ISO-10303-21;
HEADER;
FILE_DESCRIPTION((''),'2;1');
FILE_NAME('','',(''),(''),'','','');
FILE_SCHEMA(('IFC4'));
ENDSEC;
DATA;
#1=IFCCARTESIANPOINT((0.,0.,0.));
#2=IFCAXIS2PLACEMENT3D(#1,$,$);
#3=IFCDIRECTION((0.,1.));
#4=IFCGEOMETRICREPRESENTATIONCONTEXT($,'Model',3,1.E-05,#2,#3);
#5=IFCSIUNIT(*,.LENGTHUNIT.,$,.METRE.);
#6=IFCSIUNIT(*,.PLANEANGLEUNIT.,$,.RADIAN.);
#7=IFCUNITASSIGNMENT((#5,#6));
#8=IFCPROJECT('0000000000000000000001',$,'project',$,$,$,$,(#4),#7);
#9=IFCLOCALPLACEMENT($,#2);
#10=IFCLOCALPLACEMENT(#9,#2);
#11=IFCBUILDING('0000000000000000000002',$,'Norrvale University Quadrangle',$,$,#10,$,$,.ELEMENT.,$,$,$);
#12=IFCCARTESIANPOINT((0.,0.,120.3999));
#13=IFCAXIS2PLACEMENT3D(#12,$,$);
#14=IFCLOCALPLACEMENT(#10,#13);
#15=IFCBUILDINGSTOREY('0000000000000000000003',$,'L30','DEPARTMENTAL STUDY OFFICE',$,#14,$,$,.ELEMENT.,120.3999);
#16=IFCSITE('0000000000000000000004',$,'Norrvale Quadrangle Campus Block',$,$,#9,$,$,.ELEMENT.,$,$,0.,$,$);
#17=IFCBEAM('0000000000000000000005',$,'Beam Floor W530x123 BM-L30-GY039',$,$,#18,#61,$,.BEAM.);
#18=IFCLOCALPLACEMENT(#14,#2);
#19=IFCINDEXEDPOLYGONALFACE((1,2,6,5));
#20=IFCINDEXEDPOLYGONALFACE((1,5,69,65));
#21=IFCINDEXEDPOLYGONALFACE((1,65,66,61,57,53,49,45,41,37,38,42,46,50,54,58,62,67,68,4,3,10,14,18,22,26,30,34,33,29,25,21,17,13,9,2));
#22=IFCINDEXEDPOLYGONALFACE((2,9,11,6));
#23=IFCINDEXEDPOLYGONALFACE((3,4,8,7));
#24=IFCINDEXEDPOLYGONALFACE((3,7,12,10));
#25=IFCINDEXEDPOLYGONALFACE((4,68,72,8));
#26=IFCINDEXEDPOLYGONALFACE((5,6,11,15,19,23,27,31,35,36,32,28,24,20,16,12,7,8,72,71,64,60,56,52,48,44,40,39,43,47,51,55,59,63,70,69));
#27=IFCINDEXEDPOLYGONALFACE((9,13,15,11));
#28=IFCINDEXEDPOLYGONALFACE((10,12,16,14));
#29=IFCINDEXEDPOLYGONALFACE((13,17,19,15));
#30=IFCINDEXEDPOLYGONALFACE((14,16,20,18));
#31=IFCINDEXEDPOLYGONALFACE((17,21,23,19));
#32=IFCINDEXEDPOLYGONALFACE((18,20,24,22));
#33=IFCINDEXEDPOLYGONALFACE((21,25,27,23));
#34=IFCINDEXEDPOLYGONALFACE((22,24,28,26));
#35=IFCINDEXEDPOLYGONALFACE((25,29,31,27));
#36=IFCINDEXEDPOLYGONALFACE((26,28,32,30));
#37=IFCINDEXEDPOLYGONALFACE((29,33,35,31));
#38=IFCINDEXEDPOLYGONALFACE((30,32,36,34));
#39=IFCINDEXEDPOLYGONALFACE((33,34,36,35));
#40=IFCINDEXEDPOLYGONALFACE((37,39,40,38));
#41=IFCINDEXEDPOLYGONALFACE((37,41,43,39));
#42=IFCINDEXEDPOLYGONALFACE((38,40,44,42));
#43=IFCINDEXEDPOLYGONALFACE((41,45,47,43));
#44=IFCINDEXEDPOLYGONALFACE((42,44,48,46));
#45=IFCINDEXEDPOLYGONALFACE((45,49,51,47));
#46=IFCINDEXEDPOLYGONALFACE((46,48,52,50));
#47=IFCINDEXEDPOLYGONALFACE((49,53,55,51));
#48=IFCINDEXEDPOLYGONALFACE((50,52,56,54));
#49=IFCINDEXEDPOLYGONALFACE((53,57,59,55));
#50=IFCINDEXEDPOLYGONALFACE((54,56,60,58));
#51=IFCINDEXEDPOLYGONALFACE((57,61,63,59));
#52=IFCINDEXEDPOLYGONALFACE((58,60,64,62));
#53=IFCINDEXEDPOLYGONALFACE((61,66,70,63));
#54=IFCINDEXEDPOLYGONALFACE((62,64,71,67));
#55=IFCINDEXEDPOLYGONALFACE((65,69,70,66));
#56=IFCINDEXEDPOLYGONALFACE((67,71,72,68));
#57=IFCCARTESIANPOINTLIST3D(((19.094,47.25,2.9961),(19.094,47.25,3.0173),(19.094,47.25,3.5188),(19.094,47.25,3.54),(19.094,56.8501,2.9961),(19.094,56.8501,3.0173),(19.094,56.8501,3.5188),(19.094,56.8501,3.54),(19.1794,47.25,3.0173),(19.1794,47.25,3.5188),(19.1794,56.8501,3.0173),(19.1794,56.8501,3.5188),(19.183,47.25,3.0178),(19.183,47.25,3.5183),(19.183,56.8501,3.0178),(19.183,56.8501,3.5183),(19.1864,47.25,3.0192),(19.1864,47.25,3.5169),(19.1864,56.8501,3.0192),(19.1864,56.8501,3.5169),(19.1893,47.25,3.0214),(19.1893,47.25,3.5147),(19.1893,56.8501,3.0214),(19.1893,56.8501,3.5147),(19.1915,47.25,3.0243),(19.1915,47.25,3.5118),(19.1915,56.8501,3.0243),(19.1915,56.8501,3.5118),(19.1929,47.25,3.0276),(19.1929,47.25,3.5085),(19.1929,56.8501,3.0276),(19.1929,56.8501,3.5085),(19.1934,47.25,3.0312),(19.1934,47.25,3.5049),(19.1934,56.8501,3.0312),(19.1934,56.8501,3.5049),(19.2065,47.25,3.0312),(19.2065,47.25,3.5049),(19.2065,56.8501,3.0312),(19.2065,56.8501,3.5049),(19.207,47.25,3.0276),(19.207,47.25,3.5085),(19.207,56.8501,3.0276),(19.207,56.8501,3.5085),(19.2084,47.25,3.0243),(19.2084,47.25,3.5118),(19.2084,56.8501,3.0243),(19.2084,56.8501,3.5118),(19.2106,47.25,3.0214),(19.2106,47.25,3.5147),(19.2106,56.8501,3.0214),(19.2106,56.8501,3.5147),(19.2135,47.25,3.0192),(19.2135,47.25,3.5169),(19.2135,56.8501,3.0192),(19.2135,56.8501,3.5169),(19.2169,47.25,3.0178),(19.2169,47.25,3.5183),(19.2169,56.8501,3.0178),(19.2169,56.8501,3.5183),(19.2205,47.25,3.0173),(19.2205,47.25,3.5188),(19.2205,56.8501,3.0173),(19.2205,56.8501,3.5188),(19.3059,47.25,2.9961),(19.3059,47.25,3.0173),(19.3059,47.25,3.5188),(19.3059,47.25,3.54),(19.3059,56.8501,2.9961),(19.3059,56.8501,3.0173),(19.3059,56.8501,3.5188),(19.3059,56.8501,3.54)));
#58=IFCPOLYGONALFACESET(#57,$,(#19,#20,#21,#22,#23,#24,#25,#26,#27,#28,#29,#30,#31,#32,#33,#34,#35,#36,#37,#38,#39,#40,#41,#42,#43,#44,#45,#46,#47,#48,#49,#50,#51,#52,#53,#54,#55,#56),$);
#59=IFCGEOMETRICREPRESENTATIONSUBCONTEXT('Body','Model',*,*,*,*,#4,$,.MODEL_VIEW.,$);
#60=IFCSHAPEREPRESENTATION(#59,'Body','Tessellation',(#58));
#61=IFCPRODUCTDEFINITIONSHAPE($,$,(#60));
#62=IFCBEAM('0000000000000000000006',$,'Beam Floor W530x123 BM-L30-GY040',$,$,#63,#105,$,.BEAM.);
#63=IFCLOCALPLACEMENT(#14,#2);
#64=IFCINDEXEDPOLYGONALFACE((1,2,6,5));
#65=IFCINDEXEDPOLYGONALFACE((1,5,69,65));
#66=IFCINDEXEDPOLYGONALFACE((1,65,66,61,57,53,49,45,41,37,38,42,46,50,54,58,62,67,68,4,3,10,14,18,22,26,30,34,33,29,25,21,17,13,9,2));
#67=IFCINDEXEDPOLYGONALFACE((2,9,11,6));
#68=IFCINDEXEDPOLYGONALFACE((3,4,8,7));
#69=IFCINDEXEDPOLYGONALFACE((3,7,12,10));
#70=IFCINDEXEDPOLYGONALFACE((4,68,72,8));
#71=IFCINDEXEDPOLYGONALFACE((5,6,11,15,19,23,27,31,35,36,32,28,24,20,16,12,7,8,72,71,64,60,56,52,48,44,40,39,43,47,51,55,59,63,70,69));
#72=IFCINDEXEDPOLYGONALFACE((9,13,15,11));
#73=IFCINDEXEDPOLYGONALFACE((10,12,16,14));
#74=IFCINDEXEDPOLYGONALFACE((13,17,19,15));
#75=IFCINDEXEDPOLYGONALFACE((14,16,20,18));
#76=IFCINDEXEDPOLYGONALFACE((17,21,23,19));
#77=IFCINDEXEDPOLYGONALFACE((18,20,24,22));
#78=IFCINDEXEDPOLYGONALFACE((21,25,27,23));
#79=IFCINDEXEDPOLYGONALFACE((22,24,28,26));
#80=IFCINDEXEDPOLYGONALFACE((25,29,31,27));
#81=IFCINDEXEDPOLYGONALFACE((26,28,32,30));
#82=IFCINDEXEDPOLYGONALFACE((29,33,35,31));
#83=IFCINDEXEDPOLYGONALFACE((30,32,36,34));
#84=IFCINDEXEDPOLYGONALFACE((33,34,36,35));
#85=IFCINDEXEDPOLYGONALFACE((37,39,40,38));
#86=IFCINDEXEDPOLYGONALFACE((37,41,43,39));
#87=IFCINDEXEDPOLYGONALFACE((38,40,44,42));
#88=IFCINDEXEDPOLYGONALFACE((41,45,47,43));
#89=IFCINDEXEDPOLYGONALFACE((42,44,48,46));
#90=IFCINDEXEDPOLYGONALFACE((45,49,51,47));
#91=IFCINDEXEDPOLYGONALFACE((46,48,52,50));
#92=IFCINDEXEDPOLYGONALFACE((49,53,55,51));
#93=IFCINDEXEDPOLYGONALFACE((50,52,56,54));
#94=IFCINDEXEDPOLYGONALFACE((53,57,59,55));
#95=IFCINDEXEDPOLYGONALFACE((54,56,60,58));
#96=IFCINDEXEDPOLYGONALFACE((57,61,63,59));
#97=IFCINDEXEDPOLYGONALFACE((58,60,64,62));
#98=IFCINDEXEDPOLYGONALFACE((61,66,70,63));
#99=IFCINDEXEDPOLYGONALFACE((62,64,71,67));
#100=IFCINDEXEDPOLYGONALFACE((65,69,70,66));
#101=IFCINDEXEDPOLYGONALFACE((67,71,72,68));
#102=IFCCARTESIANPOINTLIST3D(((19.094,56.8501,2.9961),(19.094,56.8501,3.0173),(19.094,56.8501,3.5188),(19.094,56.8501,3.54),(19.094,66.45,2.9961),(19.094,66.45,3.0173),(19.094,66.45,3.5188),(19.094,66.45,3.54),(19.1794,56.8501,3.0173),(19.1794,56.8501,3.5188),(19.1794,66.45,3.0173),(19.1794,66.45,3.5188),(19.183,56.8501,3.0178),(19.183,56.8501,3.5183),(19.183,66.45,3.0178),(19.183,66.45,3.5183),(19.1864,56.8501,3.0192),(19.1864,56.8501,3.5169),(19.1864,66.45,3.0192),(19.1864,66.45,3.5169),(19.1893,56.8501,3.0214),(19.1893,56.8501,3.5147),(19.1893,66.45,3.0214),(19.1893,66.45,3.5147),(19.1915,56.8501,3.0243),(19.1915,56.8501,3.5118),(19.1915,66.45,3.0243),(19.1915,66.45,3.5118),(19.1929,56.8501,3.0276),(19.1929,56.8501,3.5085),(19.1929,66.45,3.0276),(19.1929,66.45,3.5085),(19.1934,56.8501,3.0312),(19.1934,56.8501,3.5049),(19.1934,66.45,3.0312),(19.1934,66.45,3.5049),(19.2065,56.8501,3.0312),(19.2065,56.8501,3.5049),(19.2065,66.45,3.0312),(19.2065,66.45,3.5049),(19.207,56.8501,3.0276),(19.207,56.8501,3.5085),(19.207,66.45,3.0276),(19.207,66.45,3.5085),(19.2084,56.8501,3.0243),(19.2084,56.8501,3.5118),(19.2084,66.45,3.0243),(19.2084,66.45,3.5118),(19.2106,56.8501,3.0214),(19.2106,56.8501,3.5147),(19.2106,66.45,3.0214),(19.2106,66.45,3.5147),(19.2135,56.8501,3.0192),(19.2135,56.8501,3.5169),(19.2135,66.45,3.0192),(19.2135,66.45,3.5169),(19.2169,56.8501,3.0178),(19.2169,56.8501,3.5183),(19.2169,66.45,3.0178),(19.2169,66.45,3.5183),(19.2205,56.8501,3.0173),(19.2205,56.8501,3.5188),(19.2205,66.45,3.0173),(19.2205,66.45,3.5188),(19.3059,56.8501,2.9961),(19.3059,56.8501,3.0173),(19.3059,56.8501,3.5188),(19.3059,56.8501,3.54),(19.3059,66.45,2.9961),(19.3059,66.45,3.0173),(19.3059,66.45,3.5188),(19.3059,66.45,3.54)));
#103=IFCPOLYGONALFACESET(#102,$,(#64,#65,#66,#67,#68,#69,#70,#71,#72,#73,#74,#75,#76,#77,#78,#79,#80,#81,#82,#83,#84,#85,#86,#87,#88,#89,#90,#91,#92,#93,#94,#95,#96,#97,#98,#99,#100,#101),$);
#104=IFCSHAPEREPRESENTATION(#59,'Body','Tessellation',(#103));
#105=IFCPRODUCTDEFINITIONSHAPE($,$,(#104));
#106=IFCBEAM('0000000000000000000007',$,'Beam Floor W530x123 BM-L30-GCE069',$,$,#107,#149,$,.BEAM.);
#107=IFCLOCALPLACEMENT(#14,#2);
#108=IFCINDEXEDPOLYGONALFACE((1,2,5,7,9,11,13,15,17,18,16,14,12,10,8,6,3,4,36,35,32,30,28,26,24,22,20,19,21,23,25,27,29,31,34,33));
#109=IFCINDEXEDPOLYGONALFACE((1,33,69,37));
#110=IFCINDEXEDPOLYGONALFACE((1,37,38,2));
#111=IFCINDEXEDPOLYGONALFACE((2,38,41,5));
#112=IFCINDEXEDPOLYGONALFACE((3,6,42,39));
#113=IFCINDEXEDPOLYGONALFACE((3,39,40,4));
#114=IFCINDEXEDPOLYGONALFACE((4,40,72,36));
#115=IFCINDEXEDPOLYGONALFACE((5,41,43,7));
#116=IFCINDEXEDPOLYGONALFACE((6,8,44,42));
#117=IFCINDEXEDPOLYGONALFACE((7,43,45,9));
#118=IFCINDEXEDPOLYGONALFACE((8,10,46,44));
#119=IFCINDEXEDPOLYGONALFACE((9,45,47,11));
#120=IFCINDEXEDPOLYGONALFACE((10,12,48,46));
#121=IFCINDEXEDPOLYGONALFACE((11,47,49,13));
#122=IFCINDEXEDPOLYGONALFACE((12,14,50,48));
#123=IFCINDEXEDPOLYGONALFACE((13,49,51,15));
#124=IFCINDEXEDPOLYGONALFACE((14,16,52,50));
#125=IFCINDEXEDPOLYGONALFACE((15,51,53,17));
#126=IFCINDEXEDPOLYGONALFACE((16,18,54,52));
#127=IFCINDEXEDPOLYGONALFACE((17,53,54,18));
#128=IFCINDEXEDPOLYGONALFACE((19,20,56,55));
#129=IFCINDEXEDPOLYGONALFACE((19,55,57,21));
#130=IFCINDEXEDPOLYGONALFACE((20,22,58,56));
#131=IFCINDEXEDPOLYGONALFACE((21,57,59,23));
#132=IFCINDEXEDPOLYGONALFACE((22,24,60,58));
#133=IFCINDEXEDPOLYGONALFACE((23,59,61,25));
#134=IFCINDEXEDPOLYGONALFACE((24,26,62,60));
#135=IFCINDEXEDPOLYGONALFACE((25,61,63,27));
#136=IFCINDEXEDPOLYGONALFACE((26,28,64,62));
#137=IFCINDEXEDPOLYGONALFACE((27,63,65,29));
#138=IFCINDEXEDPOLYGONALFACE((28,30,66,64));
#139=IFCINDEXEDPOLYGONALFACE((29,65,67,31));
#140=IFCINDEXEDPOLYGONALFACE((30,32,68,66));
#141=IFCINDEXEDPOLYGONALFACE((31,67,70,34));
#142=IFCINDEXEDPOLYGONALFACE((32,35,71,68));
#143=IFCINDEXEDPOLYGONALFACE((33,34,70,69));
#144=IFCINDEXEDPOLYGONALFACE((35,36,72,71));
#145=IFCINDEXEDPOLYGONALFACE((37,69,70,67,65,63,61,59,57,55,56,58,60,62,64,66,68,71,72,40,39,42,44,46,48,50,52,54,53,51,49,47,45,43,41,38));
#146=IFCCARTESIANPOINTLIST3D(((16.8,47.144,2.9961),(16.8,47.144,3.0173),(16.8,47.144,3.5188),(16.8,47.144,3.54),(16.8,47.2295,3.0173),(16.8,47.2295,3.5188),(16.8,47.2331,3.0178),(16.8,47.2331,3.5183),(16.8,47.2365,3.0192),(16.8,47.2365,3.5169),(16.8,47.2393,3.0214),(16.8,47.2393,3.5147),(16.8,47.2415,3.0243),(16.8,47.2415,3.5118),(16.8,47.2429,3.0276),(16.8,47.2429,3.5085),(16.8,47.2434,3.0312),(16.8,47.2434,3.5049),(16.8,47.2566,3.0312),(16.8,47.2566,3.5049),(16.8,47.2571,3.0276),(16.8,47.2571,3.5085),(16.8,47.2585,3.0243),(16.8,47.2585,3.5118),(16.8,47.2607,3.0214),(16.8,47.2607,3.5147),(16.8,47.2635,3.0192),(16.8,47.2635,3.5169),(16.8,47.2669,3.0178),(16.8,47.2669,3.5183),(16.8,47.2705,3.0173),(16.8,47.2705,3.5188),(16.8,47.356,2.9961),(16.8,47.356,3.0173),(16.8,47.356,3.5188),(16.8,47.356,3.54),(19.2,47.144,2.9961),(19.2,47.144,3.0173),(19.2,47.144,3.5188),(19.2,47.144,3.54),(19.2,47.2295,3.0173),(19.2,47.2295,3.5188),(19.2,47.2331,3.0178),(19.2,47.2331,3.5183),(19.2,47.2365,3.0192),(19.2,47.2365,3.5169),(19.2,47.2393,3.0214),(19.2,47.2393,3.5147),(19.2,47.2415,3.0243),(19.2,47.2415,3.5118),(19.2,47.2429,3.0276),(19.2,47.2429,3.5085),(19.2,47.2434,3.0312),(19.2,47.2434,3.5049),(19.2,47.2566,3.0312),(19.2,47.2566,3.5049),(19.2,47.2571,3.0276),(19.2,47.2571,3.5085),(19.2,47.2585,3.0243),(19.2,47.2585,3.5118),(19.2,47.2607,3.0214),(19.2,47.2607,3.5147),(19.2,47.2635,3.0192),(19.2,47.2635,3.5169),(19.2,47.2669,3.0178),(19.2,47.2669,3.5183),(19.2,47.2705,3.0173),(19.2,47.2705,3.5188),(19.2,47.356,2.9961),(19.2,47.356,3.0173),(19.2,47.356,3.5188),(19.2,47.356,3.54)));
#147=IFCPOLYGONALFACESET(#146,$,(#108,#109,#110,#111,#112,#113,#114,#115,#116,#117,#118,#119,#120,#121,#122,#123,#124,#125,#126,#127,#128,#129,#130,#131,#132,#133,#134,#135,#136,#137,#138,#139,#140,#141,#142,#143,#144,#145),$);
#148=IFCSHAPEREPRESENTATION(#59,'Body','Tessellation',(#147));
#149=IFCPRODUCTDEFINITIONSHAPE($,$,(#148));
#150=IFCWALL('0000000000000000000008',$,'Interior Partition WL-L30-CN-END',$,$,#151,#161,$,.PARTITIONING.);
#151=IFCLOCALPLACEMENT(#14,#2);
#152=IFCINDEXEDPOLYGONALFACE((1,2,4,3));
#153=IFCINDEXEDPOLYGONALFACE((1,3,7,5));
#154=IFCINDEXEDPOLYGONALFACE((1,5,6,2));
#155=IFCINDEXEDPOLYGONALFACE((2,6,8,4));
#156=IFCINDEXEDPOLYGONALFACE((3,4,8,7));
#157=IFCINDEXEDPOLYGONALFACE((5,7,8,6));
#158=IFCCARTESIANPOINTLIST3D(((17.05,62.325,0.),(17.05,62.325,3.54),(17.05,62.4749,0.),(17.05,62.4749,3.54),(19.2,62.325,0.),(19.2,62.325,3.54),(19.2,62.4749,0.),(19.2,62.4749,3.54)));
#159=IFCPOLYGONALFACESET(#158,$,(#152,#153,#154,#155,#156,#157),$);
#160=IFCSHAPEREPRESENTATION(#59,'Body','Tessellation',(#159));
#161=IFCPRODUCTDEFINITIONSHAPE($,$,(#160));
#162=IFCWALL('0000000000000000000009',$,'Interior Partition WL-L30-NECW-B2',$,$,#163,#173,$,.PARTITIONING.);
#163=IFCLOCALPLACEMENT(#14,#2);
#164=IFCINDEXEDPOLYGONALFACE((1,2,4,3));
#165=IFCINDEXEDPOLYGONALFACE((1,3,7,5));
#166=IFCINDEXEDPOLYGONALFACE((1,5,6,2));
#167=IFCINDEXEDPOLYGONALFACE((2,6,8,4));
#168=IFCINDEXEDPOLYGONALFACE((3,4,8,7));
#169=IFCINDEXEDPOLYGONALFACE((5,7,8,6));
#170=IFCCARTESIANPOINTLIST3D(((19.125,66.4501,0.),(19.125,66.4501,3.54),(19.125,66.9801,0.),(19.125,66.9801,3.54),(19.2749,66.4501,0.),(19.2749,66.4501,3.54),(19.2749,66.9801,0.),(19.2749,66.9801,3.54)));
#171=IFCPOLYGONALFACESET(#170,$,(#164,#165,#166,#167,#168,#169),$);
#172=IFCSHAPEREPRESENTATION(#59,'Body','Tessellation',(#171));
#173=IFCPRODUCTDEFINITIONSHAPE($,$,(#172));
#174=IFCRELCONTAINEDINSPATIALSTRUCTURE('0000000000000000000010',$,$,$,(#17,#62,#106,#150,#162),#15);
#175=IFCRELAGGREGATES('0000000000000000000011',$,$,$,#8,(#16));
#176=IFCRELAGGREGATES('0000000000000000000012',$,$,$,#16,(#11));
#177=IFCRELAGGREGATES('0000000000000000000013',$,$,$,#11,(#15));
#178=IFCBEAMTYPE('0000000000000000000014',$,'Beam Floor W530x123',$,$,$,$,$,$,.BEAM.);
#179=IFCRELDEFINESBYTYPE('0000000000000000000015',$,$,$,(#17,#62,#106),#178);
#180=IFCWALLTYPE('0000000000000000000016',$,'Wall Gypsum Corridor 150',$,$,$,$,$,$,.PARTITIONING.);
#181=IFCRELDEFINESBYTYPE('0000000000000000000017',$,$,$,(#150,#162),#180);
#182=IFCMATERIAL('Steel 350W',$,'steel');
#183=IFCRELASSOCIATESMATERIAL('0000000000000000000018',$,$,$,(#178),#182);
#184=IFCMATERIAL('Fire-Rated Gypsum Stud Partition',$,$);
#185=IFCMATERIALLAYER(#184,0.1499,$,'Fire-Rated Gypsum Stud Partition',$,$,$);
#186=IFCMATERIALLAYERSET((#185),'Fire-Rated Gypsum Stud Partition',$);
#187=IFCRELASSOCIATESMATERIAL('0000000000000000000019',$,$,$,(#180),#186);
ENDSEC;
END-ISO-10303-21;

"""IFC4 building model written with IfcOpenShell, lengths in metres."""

from ifc_helpers import new_model, si_unit, direction, frame, frame_2d, origin, origin_2d, place, context, subcontext, project, spatial, rectangle, i_section, extrude, material, layer, layer_set, material_profile, profile_set, type_object, element, save


model = new_model("IFC4")

# Units and contexts
model_context = context("Model", 3, precision=1e-05, world=origin(), true_north=direction((0.0, 1.0)))
body_context = subcontext(model_context, "Body", "Model", "MODEL_VIEW")
ifc_project = project(units=[si_unit("LENGTHUNIT", "METRE"), si_unit("PLANEANGLEUNIT", "RADIAN")], contexts=[model_context])

# Site, building, storey
site_placement = place(None, origin())
site = spatial("IfcSite", under=ifc_project, at=site_placement, Name="Norrvale Quadrangle Campus Block", CompositionType="ELEMENT", RefElevation=0.0)
building_placement = place(site_placement, origin())
building = spatial("IfcBuilding", under=site, at=building_placement, Name="Norrvale University Quadrangle", CompositionType="ELEMENT")
storey_placement = place(building_placement, frame((0.0, 0.0, 120.3999)))
storey = spatial("IfcBuildingStorey", under=building, at=storey_placement, Name="L30", Description="DEPARTMENTAL STUDY OFFICE", CompositionType="ELEMENT", Elevation=120.3999)

# Beams
ifc_material_1 = material(Name="Steel 350W", Category="steel")
ifc_material_profile_1 = material_profile(ifc_material_1, i_section(OverallWidth=0.2119, OverallDepth=0.5439, WebThickness=0.0132, FlangeThickness=0.0212, FilletRadius=0.0139, at=origin_2d()), Name="Steel 350W")
ifc_profile_set_1 = profile_set([ifc_material_profile_1], Name="Steel 350W")
beam_type_1 = type_object("IfcBeamType", Name="Beam Floor W530x123", PredefinedType="BEAM", material=ifc_profile_set_1)
for number, where, z_axis, x_axis, name in (
    (1, (19.2, 47.25, 3.2681), (0.0, 1.0, 0.0), (-1.0, 0.0, 0.0), "Beam Floor W530x123 BM-L30-GY039"),
):
    element("IfcBeam", number, at=place(storey_placement, frame(where, z_axis=z_axis, x_axis=x_axis)), inside=storey, type_object=beam_type_1, Name=name, PredefinedType="BEAM", context=body_context, shape_type="SweptSolid", body=[
        extrude(i_section(OverallWidth=0.2119, OverallDepth=0.5439, WebThickness=0.0132, FlangeThickness=0.0212, FilletRadius=0.0139, at=origin_2d()), origin(), (0.0, 0.0, 1.0), 9.6001),
    ])
beam_1_placement = place(storey_placement, frame((19.2, 56.8501, 3.2681), z_axis=(0.0, 1.0, 0.0), x_axis=(-1.0, 0.0, 0.0)))
element("IfcBeam", 2, at=beam_1_placement, inside=storey, type_object=beam_type_1, Name="Beam Floor W530x123 BM-L30-GY040", PredefinedType="BEAM", context=body_context, shape_type="SweptSolid", body=[
    extrude(i_section(OverallWidth=0.2119, OverallDepth=0.5439, WebThickness=0.0132, FlangeThickness=0.0212, FilletRadius=0.0139, at=origin_2d()), origin(), (0.0, 0.0, 1.0), 9.5999),
])
beam_2_placement = place(storey_placement, frame((16.8, 47.25, 3.2681), z_axis=(1.0, 0.0, 0.0), x_axis=(0.0, 1.0, 0.0)))
element("IfcBeam", 3, at=beam_2_placement, inside=storey, type_object=beam_type_1, Name="Beam Floor W530x123 BM-L30-GCE069", PredefinedType="BEAM", context=body_context, shape_type="SweptSolid", body=[
    extrude(i_section(OverallWidth=0.2119, OverallDepth=0.5439, WebThickness=0.0132, FlangeThickness=0.0212, FilletRadius=0.0139, at=origin_2d()), origin(), (0.0, 0.0, 1.0), 2.3999),
])

# Walls
ifc_material_2 = material(Name="Fire-Rated Gypsum Stud Partition")
ifc_layer = layer(ifc_material_2, 0.1499, Name="Fire-Rated Gypsum Stud Partition")
ifc_layer_set = layer_set([ifc_layer], Name="Fire-Rated Gypsum Stud Partition")
wall_type = type_object("IfcWallType", Name="Wall Gypsum Corridor 150", PredefinedType="PARTITIONING", material=ifc_layer_set)
wall_1_placement = place(storey_placement, frame((17.05, 62.3999, 0.0), z_axis=(0.0, 0.0, 1.0), x_axis=(1.0, 0.0, 0.0)))
element("IfcWall", 4, at=wall_1_placement, inside=storey, type_object=wall_type, Name="Interior Partition WL-L30-CN-END", PredefinedType="PARTITIONING", context=body_context, shape_type="SweptSolid", body=[
    extrude(rectangle(XDim=2.1499, YDim=0.1499, at=frame_2d((1.075, 0.0))), origin(), (0.0, 0.0, 1.0), 3.54),
])
wall_2_placement = place(storey_placement, frame((19.2, 66.45, 0.0), z_axis=(0.0, 0.0, 1.0), x_axis=(0.0, 1.0, 0.0)))
element("IfcWall", 5, at=wall_2_placement, inside=storey, type_object=wall_type, Name="Interior Partition WL-L30-NECW-B2", PredefinedType="PARTITIONING", context=body_context, shape_type="SweptSolid", body=[
    extrude(rectangle(XDim=0.53, YDim=0.1499, at=frame_2d((0.2651, 0.0))), origin(), (0.0, 0.0, 1.0), 3.54),
])

save(model, "model.ifc")
